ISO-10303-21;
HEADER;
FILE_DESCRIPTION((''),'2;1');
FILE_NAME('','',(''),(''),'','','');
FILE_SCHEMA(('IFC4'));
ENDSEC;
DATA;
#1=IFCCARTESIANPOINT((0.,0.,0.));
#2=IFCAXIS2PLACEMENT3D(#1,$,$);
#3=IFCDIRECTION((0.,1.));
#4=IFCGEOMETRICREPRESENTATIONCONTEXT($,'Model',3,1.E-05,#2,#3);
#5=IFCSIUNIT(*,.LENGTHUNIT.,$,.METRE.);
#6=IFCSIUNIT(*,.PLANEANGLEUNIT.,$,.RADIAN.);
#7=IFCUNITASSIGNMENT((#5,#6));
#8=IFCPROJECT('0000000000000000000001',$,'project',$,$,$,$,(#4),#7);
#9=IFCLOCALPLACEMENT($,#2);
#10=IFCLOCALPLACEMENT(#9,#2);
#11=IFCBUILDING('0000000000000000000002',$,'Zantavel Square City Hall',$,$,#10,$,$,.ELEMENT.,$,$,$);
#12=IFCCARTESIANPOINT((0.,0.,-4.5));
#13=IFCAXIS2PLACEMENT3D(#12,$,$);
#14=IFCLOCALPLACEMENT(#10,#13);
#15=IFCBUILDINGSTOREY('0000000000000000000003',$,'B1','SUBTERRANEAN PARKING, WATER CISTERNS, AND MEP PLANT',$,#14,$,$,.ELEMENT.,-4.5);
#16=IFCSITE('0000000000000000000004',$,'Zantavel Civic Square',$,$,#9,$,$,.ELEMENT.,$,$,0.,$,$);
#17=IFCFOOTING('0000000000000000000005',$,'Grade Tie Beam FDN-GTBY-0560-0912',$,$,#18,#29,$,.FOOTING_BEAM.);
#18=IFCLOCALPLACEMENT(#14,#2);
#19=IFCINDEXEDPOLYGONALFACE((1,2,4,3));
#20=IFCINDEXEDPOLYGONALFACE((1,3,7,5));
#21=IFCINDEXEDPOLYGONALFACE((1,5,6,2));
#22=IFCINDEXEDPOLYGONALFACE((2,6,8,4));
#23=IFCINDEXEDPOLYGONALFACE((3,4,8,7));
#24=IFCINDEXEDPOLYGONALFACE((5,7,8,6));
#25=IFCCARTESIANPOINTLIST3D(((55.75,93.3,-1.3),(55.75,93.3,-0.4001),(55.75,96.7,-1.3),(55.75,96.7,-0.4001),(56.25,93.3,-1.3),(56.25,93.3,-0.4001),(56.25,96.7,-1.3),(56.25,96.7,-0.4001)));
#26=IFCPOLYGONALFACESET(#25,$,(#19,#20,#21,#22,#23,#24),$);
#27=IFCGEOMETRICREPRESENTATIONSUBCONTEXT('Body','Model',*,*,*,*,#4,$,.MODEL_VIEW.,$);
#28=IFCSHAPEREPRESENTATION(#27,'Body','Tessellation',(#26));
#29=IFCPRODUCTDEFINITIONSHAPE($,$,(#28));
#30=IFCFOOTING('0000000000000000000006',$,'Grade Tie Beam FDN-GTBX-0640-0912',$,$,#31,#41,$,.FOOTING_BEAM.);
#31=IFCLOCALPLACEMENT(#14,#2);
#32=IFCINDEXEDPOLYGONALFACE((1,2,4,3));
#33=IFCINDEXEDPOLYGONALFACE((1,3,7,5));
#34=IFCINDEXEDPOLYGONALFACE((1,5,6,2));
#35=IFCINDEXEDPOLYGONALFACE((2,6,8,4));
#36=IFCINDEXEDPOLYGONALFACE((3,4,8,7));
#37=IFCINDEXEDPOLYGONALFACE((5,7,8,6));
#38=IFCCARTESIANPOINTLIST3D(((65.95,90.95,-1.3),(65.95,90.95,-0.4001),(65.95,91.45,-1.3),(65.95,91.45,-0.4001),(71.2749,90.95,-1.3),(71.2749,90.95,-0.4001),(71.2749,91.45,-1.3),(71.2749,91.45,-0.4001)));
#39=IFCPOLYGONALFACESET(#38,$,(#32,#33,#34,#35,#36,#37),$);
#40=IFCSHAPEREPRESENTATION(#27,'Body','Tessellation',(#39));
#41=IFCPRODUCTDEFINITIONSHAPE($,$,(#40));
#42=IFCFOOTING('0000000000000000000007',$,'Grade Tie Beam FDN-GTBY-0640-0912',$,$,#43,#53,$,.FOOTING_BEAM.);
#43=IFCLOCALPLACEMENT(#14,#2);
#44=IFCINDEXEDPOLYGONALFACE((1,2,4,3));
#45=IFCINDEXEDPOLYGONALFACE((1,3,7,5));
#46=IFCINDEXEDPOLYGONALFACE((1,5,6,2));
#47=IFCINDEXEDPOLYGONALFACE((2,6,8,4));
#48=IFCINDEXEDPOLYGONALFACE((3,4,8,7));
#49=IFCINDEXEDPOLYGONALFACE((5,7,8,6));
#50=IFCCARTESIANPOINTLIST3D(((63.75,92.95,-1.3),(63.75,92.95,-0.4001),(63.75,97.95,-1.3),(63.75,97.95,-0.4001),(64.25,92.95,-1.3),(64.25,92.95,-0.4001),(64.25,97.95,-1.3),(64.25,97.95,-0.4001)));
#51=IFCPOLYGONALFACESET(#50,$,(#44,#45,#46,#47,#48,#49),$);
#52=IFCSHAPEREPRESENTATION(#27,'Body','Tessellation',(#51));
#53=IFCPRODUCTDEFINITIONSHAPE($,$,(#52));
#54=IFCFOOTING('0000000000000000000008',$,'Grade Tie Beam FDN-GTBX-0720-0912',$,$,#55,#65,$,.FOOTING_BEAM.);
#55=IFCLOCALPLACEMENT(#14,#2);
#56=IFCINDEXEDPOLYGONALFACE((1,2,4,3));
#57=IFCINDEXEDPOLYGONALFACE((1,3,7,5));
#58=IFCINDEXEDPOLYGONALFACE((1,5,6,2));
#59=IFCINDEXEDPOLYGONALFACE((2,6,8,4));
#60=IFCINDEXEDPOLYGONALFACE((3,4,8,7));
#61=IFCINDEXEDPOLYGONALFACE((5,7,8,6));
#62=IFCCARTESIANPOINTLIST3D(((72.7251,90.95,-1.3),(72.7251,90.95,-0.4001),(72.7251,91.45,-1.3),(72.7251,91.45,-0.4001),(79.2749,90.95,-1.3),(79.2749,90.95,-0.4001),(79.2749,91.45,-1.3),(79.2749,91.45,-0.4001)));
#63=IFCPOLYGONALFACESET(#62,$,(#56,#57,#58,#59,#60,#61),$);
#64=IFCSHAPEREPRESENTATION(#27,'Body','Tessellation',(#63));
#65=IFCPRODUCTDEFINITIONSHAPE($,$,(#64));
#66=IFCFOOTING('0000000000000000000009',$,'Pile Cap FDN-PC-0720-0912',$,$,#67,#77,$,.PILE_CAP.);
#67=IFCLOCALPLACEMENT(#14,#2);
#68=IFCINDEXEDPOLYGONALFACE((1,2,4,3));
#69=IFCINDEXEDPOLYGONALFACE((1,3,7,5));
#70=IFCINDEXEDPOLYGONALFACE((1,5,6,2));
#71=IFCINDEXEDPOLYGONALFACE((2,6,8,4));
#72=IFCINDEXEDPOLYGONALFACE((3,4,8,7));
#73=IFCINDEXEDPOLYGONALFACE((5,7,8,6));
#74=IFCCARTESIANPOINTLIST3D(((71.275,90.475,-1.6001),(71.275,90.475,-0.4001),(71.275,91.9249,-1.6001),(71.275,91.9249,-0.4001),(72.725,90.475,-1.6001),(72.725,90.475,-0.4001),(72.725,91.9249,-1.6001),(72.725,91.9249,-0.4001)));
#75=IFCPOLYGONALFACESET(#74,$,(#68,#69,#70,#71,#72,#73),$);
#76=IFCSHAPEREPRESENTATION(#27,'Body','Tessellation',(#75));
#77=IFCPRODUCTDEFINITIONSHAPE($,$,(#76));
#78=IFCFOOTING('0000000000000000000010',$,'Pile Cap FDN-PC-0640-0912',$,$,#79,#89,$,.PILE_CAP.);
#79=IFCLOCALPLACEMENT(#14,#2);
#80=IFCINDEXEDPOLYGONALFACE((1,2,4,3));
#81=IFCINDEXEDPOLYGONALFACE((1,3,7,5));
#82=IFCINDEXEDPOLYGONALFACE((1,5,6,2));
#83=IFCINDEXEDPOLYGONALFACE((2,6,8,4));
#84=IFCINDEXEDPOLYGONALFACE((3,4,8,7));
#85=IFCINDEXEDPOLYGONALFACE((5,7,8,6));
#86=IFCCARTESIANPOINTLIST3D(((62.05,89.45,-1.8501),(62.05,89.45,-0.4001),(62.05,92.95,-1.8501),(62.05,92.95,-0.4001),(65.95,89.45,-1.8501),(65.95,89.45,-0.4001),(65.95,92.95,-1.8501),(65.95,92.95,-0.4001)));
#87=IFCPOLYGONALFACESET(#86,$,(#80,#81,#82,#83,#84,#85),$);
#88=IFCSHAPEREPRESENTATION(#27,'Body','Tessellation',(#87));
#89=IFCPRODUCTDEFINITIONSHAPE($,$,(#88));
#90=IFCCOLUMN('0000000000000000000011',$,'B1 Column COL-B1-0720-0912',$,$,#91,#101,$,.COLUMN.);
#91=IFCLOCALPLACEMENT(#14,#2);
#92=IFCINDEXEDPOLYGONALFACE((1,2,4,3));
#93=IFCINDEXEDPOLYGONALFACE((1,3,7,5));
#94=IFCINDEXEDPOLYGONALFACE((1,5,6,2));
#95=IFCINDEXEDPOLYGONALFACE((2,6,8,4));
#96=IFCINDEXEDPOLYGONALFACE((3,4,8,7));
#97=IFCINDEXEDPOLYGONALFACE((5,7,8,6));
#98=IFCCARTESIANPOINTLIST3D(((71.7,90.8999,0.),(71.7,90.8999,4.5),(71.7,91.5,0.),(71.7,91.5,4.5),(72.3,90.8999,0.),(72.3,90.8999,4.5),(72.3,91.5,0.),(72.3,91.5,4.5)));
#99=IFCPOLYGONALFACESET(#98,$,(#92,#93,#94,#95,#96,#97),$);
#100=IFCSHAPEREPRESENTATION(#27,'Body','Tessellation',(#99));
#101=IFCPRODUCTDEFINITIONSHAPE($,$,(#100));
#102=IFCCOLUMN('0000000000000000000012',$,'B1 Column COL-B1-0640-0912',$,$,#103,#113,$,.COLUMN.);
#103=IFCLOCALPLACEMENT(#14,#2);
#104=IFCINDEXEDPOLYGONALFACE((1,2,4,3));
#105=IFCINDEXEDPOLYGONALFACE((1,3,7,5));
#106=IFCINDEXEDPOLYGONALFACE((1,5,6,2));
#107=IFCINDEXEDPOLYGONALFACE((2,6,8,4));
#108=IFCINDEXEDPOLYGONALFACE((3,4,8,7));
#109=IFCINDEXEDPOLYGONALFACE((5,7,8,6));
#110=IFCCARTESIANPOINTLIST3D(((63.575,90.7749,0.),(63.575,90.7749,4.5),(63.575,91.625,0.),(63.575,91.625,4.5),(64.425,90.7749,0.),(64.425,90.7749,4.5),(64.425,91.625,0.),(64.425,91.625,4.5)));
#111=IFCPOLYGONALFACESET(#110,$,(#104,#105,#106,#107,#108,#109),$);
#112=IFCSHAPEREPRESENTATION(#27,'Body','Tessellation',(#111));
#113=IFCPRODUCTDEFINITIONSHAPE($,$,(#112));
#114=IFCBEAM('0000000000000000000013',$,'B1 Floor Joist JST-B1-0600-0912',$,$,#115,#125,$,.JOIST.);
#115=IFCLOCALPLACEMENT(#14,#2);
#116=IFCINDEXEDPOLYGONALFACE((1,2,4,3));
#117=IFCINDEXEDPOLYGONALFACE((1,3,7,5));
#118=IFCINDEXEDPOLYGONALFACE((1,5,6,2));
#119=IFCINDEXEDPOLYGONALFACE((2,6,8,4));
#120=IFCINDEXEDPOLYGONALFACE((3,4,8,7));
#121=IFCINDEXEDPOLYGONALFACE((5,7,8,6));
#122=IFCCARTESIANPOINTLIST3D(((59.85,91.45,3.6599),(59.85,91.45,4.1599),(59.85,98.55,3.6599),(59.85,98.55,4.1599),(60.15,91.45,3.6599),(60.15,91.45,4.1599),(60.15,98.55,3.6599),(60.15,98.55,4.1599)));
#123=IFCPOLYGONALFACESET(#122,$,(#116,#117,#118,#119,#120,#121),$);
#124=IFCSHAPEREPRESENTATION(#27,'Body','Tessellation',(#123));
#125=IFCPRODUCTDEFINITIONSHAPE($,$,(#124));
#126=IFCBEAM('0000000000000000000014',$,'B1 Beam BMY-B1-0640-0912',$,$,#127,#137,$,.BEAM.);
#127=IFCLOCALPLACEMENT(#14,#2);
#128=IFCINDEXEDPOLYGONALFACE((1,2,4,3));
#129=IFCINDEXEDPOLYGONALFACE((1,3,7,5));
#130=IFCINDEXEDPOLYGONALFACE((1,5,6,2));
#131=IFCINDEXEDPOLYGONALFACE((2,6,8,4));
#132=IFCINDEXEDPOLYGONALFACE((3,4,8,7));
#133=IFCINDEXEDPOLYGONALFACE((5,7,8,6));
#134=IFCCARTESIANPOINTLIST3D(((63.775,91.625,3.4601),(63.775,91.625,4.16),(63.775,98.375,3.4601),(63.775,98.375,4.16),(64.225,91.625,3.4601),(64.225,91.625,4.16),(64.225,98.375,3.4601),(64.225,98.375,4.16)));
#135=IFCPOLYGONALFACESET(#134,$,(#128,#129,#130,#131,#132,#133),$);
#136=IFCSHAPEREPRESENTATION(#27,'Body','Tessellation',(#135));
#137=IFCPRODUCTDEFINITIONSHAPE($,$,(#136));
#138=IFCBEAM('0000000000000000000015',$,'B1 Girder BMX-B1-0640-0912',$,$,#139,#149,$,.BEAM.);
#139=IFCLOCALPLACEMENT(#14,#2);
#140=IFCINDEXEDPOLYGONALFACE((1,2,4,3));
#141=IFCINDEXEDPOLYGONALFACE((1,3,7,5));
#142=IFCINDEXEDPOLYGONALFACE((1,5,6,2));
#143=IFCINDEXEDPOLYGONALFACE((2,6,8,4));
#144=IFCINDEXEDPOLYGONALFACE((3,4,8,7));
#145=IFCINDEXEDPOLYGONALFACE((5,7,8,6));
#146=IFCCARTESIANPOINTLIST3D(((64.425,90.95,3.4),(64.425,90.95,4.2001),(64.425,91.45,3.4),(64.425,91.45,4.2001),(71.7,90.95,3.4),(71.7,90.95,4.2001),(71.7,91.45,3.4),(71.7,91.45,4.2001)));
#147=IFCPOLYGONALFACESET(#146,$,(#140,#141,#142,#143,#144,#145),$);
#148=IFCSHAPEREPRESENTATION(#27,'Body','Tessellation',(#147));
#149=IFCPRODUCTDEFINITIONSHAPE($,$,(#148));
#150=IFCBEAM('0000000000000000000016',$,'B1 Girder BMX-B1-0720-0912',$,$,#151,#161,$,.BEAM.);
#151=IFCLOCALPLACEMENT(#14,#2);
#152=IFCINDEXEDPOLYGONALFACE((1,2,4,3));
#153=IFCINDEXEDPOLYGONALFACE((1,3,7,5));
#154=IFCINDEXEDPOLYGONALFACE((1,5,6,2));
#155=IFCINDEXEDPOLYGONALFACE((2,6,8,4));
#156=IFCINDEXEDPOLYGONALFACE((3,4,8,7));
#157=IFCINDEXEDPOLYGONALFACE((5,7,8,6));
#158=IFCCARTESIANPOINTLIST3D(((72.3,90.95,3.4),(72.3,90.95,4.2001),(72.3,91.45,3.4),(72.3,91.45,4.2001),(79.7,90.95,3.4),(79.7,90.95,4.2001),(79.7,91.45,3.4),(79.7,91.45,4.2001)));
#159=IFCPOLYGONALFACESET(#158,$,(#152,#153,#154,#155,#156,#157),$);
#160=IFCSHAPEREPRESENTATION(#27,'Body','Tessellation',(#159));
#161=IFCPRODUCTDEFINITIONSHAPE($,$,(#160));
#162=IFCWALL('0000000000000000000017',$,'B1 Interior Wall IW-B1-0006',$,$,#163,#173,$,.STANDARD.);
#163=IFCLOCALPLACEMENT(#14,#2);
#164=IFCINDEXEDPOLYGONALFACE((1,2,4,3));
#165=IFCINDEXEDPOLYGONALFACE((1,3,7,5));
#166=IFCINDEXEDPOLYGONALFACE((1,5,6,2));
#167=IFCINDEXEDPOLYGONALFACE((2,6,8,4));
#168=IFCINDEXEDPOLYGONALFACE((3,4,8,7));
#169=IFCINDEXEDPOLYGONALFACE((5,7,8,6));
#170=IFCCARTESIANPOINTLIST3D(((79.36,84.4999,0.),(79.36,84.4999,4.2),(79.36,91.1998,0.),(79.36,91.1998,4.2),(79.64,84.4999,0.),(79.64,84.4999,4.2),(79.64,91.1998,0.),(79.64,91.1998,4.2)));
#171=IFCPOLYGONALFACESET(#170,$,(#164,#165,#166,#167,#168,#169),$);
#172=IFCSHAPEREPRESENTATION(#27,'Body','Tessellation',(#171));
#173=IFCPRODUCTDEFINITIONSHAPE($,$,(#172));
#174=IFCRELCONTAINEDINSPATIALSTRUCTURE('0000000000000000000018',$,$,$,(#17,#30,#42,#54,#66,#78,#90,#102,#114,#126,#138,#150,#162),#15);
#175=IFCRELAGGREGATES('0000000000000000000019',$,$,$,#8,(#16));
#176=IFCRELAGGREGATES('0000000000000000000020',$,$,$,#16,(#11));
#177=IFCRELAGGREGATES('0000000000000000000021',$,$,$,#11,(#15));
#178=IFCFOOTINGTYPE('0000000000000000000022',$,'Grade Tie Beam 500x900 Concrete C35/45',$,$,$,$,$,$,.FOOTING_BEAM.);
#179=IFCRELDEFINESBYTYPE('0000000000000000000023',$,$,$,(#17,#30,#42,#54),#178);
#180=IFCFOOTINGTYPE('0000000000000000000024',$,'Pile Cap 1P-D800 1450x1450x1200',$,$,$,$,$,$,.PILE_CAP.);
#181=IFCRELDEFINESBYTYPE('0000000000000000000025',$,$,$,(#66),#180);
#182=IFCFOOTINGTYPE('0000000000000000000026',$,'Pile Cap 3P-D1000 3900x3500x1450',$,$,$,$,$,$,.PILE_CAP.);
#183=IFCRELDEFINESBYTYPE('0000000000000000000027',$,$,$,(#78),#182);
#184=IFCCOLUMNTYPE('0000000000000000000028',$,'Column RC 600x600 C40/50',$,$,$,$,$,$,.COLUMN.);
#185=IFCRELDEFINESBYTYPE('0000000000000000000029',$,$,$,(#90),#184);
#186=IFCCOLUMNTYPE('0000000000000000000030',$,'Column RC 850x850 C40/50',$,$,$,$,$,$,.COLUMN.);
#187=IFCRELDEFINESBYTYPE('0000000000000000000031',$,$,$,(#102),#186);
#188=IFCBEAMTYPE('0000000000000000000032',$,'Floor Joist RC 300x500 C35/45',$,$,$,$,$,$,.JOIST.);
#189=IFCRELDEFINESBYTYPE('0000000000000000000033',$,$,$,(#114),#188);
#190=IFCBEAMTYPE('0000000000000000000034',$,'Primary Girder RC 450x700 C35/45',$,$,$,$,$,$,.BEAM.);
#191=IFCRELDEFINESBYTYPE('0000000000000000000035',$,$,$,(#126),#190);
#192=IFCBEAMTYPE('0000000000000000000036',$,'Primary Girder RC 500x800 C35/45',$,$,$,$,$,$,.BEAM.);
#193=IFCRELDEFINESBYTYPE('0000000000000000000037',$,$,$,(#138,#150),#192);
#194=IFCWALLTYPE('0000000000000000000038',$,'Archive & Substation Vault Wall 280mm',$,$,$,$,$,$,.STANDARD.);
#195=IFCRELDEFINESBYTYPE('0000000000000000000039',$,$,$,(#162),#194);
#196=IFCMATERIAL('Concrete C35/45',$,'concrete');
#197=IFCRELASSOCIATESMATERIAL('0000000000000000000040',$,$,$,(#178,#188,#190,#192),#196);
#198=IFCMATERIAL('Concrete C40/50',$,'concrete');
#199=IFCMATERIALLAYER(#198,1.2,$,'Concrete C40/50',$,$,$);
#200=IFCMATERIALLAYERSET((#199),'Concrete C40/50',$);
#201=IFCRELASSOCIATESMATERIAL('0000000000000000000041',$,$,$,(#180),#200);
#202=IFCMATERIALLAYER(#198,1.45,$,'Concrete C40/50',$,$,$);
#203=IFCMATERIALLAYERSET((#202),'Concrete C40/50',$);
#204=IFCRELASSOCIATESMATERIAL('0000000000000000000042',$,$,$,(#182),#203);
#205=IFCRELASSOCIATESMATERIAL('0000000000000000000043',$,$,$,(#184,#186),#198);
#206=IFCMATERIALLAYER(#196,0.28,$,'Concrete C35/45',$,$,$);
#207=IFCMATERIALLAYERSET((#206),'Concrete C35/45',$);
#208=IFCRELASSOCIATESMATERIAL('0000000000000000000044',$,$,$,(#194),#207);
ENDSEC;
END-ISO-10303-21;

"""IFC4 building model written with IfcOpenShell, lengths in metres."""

from ifc_helpers import new_model, si_unit, direction, frame, frame_2d, origin, origin_2d, place, context, subcontext, project, spatial, rectangle, extrude, material, layer, layer_set, material_profile, profile_set, type_object, element, save


model = new_model("IFC4")

# Units and contexts
model_context = context("Model", 3, precision=1e-05, world=origin(), true_north=direction((0.0, 1.0)))
body_context = subcontext(model_context, "Body", "Model", "MODEL_VIEW")
ifc_project = project(units=[si_unit("LENGTHUNIT", "METRE"), si_unit("PLANEANGLEUNIT", "RADIAN")], contexts=[model_context])

# Site, building, storey
site_placement = place(None, origin())
site = spatial("IfcSite", under=ifc_project, at=site_placement, Name="Zantavel Civic Square", CompositionType="ELEMENT", RefElevation=0.0)
building_placement = place(site_placement, origin())
building = spatial("IfcBuilding", under=site, at=building_placement, Name="Zantavel Square City Hall", CompositionType="ELEMENT")
storey_placement = place(building_placement, frame((0.0, 0.0, -4.5)))
storey = spatial("IfcBuildingStorey", under=building, at=storey_placement, Name="B1", Description="SUBTERRANEAN PARKING, WATER CISTERNS, AND MEP PLANT", CompositionType="ELEMENT", Elevation=-4.5)

# Shared definitions
ifc_material_1 = material(Name="Concrete C35/45", Category="concrete")

# Footings
ifc_material_profile_1 = material_profile(ifc_material_1, rectangle(XDim=0.5, YDim=0.8999, at=origin_2d()), Name="RC 500x900")
ifc_profile_set_1 = profile_set([ifc_material_profile_1], Name="Concrete C35/45")
footing_type_1 = type_object("IfcFootingType", Name="Grade Tie Beam 500x900 Concrete C35/45", PredefinedType="FOOTING_BEAM", material=ifc_profile_set_1)
footing_1_placement = place(storey_placement, frame((56.0, 93.3, -0.8501), z_axis=(0.0, 1.0, 0.0), x_axis=(-1.0, 0.0, 0.0)))
element("IfcFooting", 1, at=footing_1_placement, inside=storey, type_object=footing_type_1, Name="Grade Tie Beam FDN-GTBY-0560-0912", PredefinedType="FOOTING_BEAM", context=body_context, shape_type="SweptSolid", body=[
    extrude(rectangle(XDim=0.5, YDim=0.8999, at=origin_2d()), origin(), (0.0, 0.0, 1.0), 3.3999),
])
footing_2_placement = place(storey_placement, frame((65.95, 91.2, -0.8501), z_axis=(1.0, 0.0, 0.0), x_axis=(0.0, 1.0, 0.0)))
element("IfcFooting", 2, at=footing_2_placement, inside=storey, type_object=footing_type_1, Name="Grade Tie Beam FDN-GTBX-0640-0912", PredefinedType="FOOTING_BEAM", context=body_context, shape_type="SweptSolid", body=[
    extrude(rectangle(XDim=0.5, YDim=0.8999, at=origin_2d()), origin(), (0.0, 0.0, 1.0), 5.325),
])
footing_3_placement = place(storey_placement, frame((64.0, 92.95, -0.8501), z_axis=(0.0, 1.0, 0.0), x_axis=(-1.0, 0.0, 0.0)))
element("IfcFooting", 3, at=footing_3_placement, inside=storey, type_object=footing_type_1, Name="Grade Tie Beam FDN-GTBY-0640-0912", PredefinedType="FOOTING_BEAM", context=body_context, shape_type="SweptSolid", body=[
    extrude(rectangle(XDim=0.5, YDim=0.8999, at=origin_2d()), origin(), (0.0, 0.0, 1.0), 5.0),
])
footing_4_placement = place(storey_placement, frame((72.7251, 91.2, -0.8501), z_axis=(1.0, 0.0, 0.0), x_axis=(0.0, 1.0, 0.0)))
element("IfcFooting", 4, at=footing_4_placement, inside=storey, type_object=footing_type_1, Name="Grade Tie Beam FDN-GTBX-0720-0912", PredefinedType="FOOTING_BEAM", context=body_context, shape_type="SweptSolid", body=[
    extrude(rectangle(XDim=0.5, YDim=0.8999, at=origin_2d()), origin(), (0.0, 0.0, 1.0), 6.5498),
])
ifc_material_2 = material(Name="Concrete C40/50", Category="concrete")
ifc_layer_1 = layer(ifc_material_2, 1.2, Name="Concrete C40/50")
ifc_layer_set_1 = layer_set([ifc_layer_1], Name="Concrete C40/50")
footing_type_2 = type_object("IfcFootingType", Name="Pile Cap 1P-D800 1450x1450x1200", PredefinedType="PILE_CAP", material=ifc_layer_set_1)
footing_5_placement = place(storey_placement, frame((72.0, 91.2, -1.6001), z_axis=(0.0, 0.0, 1.0), x_axis=(1.0, 0.0, 0.0)))
element("IfcFooting", 5, at=footing_5_placement, inside=storey, type_object=footing_type_2, Name="Pile Cap FDN-PC-0720-0912", PredefinedType="PILE_CAP", context=body_context, shape_type="SweptSolid", body=[
    extrude(rectangle(XDim=1.45, YDim=1.45, at=origin_2d()), origin(), (0.0, 0.0, 1.0), 1.2),
])
ifc_layer_2 = layer(ifc_material_2, 1.45, Name="Concrete C40/50")
ifc_layer_set_2 = layer_set([ifc_layer_2], Name="Concrete C40/50")
footing_type_3 = type_object("IfcFootingType", Name="Pile Cap 3P-D1000 3900x3500x1450", PredefinedType="PILE_CAP", material=ifc_layer_set_2)
footing_6_placement = place(storey_placement, frame((64.0, 91.2, -1.8501), z_axis=(0.0, 0.0, 1.0), x_axis=(1.0, 0.0, 0.0)))
element("IfcFooting", 6, at=footing_6_placement, inside=storey, type_object=footing_type_3, Name="Pile Cap FDN-PC-0640-0912", PredefinedType="PILE_CAP", context=body_context, shape_type="SweptSolid", body=[
    extrude(rectangle(XDim=3.8999, YDim=3.5, at=origin_2d()), origin(), (0.0, 0.0, 1.0), 1.45),
])

# Columns
ifc_material_profile_2 = material_profile(ifc_material_2, rectangle(XDim=0.6001, YDim=0.6001, at=origin_2d()), Name="RC 600x600")
ifc_profile_set_2 = profile_set([ifc_material_profile_2], Name="Concrete C40/50")
column_type_1 = type_object("IfcColumnType", Name="Column RC 600x600 C40/50", PredefinedType="COLUMN", material=ifc_profile_set_2)
column_1_placement = place(storey_placement, frame((72.0, 91.2, 0.0), z_axis=(0.0, 0.0, 1.0), x_axis=(1.0, 0.0, 0.0)))
element("IfcColumn", 7, at=column_1_placement, inside=storey, type_object=column_type_1, Name="B1 Column COL-B1-0720-0912", PredefinedType="COLUMN", context=body_context, shape_type="SweptSolid", body=[
    extrude(rectangle(XDim=0.6001, YDim=0.6001, at=origin_2d()), origin(), (0.0, 0.0, 1.0), 4.5),
])
ifc_material_profile_3 = material_profile(ifc_material_2, rectangle(XDim=0.8501, YDim=0.8501, at=origin_2d()), Name="RC 850x850")
ifc_profile_set_3 = profile_set([ifc_material_profile_3], Name="Concrete C40/50")
column_type_2 = type_object("IfcColumnType", Name="Column RC 850x850 C40/50", PredefinedType="COLUMN", material=ifc_profile_set_3)
column_2_placement = place(storey_placement, frame((64.0, 91.2, 0.0), z_axis=(0.0, 0.0, 1.0), x_axis=(1.0, 0.0, 0.0)))
element("IfcColumn", 8, at=column_2_placement, inside=storey, type_object=column_type_2, Name="B1 Column COL-B1-0640-0912", PredefinedType="COLUMN", context=body_context, shape_type="SweptSolid", body=[
    extrude(rectangle(XDim=0.8501, YDim=0.8501, at=origin_2d()), origin(), (0.0, 0.0, 1.0), 4.5),
])

# Beams
ifc_material_profile_4 = material_profile(ifc_material_1, rectangle(XDim=0.3, YDim=0.5, at=origin_2d()), Name="RC 300x500")
ifc_profile_set_4 = profile_set([ifc_material_profile_4], Name="Concrete C35/45")
beam_type_1 = type_object("IfcBeamType", Name="Floor Joist RC 300x500 C35/45", PredefinedType="JOIST", material=ifc_profile_set_4)
beam_1_placement = place(storey_placement, frame((60.0, 91.45, 3.9099), z_axis=(0.0, 1.0, 0.0), x_axis=(-1.0, 0.0, 0.0)))
element("IfcBeam", 9, at=beam_1_placement, inside=storey, type_object=beam_type_1, Name="B1 Floor Joist JST-B1-0600-0912", PredefinedType="JOIST", context=body_context, shape_type="SweptSolid", body=[
    extrude(rectangle(XDim=0.3, YDim=0.5, at=origin_2d()), origin(), (0.0, 0.0, 1.0), 7.1001),
])
ifc_material_profile_5 = material_profile(ifc_material_1, rectangle(XDim=0.45, YDim=0.7, at=origin_2d()), Name="RC 450x700")
ifc_profile_set_5 = profile_set([ifc_material_profile_5], Name="Concrete C35/45")
beam_type_2 = type_object("IfcBeamType", Name="Primary Girder RC 450x700 C35/45", PredefinedType="BEAM", material=ifc_profile_set_5)
beam_2_placement = place(storey_placement, frame((64.0, 91.625, 3.8101), z_axis=(0.0, 1.0, 0.0), x_axis=(-1.0, 0.0, 0.0)))
element("IfcBeam", 10, at=beam_2_placement, inside=storey, type_object=beam_type_2, Name="B1 Beam BMY-B1-0640-0912", PredefinedType="BEAM", context=body_context, shape_type="SweptSolid", body=[
    extrude(rectangle(XDim=0.45, YDim=0.7, at=origin_2d()), origin(), (0.0, 0.0, 1.0), 6.75),
])
ifc_material_profile_6 = material_profile(ifc_material_1, rectangle(XDim=0.5, YDim=0.8, at=origin_2d()), Name="RC 500x800")
ifc_profile_set_6 = profile_set([ifc_material_profile_6], Name="Concrete C35/45")
beam_type_3 = type_object("IfcBeamType", Name="Primary Girder RC 500x800 C35/45", PredefinedType="BEAM", material=ifc_profile_set_6)
beam_3_placement = place(storey_placement, frame((64.425, 91.2, 3.8), z_axis=(1.0, 0.0, 0.0), x_axis=(0.0, 1.0, 0.0)))
element("IfcBeam", 11, at=beam_3_placement, inside=storey, type_object=beam_type_3, Name="B1 Girder BMX-B1-0640-0912", PredefinedType="BEAM", context=body_context, shape_type="SweptSolid", body=[
    extrude(rectangle(XDim=0.5, YDim=0.8, at=origin_2d()), origin(), (0.0, 0.0, 1.0), 7.2749),
])
beam_4_placement = place(storey_placement, frame((72.3, 91.2, 3.8), z_axis=(1.0, 0.0, 0.0), x_axis=(0.0, 1.0, 0.0)))
element("IfcBeam", 12, at=beam_4_placement, inside=storey, type_object=beam_type_3, Name="B1 Girder BMX-B1-0720-0912", PredefinedType="BEAM", context=body_context, shape_type="SweptSolid", body=[
    extrude(rectangle(XDim=0.5, YDim=0.8, at=origin_2d()), origin(), (0.0, 0.0, 1.0), 7.3999),
])

# Wall
ifc_layer_3 = layer(ifc_material_1, 0.28, Name="Concrete C35/45")
ifc_layer_set_3 = layer_set([ifc_layer_3], Name="Concrete C35/45")
wall_type_1 = type_object("IfcWallType", Name="Archive & Substation Vault Wall 280mm", PredefinedType="STANDARD", material=ifc_layer_set_3)
wall_1_placement = place(storey_placement, frame((79.5, 91.2, 0.0), z_axis=(0.0, 0.0, 1.0), x_axis=(0.0, -1.0, 0.0)))
element("IfcWall", 13, at=wall_1_placement, inside=storey, type_object=wall_type_1, Name="B1 Interior Wall IW-B1-0006", PredefinedType="STANDARD", context=body_context, shape_type="SweptSolid", body=[
    extrude(rectangle(XDim=6.7, YDim=0.28, at=frame_2d((3.3501, 0.0))), origin(), (0.0, 0.0, 1.0), 4.2),
])

save(model, "model.ifc")
